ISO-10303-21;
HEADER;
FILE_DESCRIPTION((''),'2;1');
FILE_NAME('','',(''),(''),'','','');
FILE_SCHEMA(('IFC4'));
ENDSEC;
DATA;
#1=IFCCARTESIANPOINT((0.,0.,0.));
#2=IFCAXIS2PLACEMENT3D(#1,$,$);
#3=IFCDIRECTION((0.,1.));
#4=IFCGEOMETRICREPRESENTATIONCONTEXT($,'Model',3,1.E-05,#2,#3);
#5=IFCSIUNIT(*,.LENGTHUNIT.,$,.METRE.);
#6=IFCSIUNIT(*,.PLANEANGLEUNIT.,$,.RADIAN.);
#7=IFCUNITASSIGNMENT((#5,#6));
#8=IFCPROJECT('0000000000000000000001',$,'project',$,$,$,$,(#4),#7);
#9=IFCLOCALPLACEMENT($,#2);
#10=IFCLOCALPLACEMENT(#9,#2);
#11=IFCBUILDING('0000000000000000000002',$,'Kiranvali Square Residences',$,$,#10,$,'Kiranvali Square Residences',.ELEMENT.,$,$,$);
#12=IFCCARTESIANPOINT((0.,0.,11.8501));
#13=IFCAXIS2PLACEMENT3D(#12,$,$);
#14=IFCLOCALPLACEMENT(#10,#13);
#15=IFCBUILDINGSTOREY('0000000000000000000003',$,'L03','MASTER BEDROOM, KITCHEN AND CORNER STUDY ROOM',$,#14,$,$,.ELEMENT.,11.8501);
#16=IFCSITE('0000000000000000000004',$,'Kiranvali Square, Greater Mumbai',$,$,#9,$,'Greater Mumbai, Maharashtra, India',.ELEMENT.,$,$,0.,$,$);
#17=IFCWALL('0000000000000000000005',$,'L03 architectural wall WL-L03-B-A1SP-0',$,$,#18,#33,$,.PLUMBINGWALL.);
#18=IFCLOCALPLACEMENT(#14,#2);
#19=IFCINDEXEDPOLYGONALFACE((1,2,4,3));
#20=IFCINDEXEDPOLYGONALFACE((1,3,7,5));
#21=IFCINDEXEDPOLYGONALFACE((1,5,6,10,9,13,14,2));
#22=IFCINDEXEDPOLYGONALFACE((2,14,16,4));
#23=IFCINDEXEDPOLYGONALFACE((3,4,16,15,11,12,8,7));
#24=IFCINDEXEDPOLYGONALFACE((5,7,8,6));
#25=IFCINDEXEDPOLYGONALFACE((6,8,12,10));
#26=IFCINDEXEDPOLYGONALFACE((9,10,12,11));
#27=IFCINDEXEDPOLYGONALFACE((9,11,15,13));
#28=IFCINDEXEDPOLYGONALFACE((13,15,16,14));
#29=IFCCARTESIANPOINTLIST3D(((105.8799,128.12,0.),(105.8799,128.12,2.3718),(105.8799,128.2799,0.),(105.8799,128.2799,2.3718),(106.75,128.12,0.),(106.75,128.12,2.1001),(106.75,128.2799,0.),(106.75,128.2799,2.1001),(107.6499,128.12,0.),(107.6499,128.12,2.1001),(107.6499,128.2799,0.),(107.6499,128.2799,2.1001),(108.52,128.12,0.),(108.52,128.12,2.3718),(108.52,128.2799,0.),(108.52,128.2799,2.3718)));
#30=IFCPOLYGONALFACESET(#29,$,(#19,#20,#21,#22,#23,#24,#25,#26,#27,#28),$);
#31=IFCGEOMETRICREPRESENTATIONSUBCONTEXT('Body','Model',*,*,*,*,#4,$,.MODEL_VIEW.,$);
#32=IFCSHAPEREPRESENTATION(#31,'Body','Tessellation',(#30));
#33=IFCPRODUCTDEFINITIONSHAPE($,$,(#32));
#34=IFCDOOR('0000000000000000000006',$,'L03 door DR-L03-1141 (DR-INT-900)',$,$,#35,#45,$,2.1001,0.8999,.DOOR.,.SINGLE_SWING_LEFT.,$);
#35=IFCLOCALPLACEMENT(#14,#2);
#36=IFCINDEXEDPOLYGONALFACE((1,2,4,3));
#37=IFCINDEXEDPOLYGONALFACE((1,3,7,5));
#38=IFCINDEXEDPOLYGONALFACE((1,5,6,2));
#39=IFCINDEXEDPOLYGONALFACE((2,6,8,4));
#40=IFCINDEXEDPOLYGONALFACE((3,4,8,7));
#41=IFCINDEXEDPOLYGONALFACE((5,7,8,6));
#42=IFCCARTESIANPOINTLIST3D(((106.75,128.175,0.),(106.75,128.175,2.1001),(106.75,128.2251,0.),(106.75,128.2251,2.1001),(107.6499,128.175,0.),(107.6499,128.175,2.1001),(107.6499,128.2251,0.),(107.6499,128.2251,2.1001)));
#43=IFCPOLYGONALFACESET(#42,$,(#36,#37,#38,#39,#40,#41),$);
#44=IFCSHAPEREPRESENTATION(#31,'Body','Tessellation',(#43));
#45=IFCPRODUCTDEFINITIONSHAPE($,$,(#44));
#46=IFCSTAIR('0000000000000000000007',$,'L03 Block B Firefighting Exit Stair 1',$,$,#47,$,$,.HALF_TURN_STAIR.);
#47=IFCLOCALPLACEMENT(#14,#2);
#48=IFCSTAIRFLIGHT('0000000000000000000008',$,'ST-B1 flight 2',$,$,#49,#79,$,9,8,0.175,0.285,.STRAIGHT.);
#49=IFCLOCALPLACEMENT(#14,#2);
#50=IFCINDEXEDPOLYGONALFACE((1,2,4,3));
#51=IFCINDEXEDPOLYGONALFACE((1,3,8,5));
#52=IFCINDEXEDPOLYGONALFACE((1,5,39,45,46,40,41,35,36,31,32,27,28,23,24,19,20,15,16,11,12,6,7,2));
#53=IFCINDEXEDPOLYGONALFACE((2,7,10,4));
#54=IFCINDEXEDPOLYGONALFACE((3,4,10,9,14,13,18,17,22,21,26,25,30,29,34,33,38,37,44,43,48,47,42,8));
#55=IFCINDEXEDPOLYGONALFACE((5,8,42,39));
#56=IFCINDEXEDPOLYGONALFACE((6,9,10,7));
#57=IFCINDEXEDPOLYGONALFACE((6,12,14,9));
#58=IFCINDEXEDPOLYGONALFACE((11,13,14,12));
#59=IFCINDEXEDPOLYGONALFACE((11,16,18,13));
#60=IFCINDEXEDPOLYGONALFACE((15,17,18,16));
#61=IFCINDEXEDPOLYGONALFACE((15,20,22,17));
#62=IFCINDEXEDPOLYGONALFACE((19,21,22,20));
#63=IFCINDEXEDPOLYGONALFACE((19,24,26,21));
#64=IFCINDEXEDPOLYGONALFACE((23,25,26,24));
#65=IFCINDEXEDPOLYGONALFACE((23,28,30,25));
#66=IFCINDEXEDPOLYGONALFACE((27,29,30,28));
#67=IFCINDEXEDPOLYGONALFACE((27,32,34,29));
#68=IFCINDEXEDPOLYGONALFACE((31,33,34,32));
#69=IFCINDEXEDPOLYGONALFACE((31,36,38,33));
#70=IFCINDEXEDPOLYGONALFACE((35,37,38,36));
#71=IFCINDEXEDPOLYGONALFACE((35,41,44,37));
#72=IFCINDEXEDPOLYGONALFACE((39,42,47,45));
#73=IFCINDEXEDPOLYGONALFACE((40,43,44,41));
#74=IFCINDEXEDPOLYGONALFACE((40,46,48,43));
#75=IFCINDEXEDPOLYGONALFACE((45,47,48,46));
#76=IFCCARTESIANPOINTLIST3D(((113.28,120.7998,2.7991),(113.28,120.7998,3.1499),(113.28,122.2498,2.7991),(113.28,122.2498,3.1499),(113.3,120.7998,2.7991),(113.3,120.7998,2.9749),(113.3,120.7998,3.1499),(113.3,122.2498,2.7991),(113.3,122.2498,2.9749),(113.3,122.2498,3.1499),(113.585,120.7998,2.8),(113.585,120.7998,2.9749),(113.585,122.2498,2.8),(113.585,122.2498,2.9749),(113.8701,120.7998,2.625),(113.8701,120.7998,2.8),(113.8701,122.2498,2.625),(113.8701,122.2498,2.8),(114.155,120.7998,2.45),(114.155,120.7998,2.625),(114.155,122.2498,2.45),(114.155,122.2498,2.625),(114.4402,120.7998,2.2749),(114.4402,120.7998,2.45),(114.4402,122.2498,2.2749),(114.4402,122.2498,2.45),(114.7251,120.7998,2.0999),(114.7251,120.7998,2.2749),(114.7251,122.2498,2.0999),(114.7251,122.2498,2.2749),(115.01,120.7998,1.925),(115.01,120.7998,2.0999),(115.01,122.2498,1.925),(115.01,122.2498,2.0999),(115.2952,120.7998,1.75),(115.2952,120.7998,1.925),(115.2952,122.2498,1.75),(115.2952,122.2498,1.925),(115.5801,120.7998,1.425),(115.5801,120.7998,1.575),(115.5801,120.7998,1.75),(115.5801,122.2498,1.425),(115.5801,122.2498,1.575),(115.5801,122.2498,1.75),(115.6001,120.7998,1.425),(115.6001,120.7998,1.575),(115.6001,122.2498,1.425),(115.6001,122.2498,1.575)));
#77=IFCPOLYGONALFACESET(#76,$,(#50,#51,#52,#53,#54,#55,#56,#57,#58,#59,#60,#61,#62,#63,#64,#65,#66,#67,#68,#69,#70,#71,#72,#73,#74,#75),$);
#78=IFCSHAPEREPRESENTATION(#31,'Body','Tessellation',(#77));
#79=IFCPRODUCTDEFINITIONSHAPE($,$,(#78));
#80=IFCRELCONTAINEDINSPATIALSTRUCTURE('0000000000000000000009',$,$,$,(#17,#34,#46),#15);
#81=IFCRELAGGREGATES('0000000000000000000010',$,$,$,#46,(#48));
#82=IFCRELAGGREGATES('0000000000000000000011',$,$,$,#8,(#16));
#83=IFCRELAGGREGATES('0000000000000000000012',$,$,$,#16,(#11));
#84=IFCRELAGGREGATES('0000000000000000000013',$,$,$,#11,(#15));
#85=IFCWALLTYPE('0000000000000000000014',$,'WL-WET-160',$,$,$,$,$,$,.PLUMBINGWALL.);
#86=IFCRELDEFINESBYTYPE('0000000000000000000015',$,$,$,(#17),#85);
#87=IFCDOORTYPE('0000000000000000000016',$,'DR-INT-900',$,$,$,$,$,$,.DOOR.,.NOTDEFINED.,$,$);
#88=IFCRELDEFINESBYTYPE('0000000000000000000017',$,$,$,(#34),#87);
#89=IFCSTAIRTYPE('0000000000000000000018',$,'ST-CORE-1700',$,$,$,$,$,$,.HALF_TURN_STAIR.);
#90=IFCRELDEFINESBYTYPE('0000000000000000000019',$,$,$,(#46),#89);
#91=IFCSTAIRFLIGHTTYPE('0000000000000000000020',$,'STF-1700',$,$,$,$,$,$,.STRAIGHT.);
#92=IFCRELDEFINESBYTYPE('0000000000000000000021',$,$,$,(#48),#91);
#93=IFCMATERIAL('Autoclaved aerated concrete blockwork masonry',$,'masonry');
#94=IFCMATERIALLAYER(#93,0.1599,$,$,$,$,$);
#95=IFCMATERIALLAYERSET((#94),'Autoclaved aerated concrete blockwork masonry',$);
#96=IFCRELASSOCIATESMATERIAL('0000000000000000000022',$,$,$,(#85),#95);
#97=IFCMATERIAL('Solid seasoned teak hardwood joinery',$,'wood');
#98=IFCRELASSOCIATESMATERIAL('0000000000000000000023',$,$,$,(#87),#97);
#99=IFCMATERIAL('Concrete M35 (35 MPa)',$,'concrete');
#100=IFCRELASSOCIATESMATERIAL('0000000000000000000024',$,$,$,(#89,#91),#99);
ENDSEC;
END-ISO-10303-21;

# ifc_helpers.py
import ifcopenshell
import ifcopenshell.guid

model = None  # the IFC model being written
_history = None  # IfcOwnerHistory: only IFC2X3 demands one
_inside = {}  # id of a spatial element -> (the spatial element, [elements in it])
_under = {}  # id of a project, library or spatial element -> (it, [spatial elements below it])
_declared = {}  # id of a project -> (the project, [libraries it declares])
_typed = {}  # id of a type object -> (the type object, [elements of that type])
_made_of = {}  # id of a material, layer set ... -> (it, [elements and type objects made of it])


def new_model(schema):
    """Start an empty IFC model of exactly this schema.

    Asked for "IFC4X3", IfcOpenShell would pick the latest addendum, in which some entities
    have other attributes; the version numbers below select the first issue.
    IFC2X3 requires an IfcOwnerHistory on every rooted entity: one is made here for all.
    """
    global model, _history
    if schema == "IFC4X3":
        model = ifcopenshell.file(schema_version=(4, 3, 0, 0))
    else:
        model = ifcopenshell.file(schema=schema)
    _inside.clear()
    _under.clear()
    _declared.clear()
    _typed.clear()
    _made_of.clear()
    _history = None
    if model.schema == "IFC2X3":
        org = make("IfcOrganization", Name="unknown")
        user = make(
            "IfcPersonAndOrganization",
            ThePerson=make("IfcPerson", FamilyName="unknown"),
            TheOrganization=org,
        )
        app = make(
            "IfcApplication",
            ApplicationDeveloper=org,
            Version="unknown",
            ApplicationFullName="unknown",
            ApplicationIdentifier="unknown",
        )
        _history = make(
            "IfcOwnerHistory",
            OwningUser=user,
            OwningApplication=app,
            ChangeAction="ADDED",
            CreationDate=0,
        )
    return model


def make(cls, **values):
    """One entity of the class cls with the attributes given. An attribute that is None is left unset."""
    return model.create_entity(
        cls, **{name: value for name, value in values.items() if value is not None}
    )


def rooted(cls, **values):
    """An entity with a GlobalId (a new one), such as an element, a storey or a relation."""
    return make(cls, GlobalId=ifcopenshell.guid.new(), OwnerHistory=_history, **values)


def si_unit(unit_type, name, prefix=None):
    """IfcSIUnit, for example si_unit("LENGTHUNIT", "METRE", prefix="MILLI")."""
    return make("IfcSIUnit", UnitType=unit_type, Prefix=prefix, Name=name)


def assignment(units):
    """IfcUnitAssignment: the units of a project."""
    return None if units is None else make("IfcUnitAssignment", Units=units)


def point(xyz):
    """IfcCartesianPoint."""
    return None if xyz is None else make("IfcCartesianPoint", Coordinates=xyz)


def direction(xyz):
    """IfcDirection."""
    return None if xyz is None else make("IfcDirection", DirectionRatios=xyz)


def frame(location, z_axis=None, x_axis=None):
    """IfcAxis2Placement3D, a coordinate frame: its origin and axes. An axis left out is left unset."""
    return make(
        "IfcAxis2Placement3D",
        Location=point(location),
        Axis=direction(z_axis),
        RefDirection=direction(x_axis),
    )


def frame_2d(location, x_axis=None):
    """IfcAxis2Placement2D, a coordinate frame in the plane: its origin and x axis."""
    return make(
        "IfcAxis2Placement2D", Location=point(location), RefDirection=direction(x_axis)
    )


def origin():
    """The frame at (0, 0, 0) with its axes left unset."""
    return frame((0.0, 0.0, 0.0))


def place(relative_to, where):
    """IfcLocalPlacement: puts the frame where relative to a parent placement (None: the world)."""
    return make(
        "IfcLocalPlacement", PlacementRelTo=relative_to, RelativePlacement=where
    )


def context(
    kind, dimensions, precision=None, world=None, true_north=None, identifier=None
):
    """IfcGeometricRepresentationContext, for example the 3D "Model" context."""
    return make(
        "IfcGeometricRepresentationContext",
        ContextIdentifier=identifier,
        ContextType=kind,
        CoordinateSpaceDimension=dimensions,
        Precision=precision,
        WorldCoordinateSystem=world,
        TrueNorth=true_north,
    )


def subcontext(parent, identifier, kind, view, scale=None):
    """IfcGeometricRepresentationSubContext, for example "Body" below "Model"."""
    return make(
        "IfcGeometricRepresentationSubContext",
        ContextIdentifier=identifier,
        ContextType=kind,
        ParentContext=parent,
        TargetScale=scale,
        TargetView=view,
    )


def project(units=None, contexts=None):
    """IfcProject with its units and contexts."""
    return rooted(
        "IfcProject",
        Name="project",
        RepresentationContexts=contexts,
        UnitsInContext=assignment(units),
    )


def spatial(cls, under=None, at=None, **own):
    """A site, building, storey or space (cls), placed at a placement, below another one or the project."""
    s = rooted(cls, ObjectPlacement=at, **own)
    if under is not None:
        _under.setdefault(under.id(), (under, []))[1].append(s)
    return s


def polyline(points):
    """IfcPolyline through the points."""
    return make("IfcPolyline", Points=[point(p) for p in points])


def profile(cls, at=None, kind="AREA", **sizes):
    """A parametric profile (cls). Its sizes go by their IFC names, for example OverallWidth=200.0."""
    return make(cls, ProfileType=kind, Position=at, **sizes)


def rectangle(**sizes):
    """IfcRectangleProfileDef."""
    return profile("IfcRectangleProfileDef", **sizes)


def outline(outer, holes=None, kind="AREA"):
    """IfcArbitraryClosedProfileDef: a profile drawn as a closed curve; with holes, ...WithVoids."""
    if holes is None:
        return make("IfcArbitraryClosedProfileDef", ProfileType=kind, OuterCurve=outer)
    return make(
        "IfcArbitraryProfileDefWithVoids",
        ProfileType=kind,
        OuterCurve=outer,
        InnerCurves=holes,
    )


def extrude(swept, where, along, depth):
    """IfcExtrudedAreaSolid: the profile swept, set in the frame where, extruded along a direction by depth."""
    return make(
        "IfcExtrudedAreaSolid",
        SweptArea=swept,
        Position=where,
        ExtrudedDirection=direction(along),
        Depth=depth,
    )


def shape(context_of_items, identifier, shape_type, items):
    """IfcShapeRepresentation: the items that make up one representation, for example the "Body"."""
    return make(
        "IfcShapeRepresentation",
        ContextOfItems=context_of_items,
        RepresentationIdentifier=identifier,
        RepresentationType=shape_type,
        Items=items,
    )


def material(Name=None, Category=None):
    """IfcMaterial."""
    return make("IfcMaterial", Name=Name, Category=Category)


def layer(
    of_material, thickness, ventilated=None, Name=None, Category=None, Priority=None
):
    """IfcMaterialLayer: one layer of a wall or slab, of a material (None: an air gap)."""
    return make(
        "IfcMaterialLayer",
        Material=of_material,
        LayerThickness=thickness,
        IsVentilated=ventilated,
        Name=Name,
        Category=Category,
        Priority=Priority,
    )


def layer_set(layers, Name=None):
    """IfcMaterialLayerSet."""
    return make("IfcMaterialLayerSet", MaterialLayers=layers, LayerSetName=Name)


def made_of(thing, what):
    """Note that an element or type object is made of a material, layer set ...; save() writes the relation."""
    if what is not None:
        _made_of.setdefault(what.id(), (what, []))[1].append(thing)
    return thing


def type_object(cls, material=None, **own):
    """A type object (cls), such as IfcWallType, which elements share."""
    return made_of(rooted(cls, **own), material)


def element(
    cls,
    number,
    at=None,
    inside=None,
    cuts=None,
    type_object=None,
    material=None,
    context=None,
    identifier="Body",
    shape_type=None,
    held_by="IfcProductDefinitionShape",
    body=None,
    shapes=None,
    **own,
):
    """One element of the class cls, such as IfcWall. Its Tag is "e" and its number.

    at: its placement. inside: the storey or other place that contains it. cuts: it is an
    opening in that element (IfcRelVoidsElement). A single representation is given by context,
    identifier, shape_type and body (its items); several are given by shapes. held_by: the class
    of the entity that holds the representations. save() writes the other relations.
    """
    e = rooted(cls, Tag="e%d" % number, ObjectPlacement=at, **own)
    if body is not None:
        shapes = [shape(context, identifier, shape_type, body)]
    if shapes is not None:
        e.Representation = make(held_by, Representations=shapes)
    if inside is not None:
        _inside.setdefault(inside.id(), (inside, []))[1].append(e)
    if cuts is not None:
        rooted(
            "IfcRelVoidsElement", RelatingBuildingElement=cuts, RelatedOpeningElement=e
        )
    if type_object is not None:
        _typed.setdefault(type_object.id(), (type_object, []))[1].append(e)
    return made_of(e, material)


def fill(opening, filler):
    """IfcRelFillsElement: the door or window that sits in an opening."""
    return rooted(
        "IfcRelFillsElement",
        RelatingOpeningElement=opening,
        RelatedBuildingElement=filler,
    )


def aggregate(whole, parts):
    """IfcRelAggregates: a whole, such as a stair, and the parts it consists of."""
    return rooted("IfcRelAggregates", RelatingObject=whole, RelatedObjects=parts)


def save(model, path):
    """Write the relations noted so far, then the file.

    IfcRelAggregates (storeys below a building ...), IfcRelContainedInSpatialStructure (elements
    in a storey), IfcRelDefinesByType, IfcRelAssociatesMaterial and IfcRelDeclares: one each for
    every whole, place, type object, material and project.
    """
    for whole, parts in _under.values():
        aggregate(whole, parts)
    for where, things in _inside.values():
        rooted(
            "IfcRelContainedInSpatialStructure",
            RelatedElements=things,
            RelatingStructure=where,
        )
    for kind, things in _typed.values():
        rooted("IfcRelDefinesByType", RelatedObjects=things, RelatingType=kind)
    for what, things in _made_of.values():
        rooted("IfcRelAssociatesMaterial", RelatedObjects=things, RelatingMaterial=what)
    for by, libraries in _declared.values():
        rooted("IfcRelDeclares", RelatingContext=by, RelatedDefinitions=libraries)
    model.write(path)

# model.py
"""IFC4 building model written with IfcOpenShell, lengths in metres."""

from ifc_helpers import new_model, si_unit, direction, frame, frame_2d, origin, place, context, subcontext, project, spatial, polyline, rectangle, outline, extrude, material, layer, layer_set, type_object, element, fill, aggregate, save


model = new_model("IFC4")

# Units and contexts
model_context = context("Model", 3, precision=1e-05, world=origin(), true_north=direction((0.0, 1.0)))
body_context = subcontext(model_context, "Body", "Model", "MODEL_VIEW")
ifc_project = project(units=[si_unit("LENGTHUNIT", "METRE"), si_unit("PLANEANGLEUNIT", "RADIAN")], contexts=[model_context])

# Site, building, storey
site_placement = place(None, origin())
site = spatial("IfcSite", under=ifc_project, at=site_placement, Name="Kiranvali Square, Greater Mumbai", LongName="Greater Mumbai, Maharashtra, India", CompositionType="ELEMENT", RefElevation=0.0)
building_placement = place(site_placement, origin())
building = spatial("IfcBuilding", under=site, at=building_placement, Name="Kiranvali Square Residences", LongName="Kiranvali Square Residences", CompositionType="ELEMENT")
storey_placement = place(building_placement, frame((0.0, 0.0, 11.8501)))
storey = spatial("IfcBuildingStorey", under=building, at=storey_placement, Name="L03", Description="MASTER BEDROOM, KITCHEN AND CORNER STUDY ROOM", CompositionType="ELEMENT", Elevation=11.8501)

# Shared definitions
ifc_material_1 = material(Name="Autoclaved aerated concrete blockwork masonry", Category="masonry")
ifc_material_2 = material(Name="Solid seasoned teak hardwood joinery", Category="wood")

# Wall, opening, door
ifc_layer_1 = layer(ifc_material_1, 0.1599)
ifc_layer_set_1 = layer_set([ifc_layer_1], Name="Autoclaved aerated concrete blockwork masonry")
wall_type_1 = type_object("IfcWallType", Name="WL-WET-160", PredefinedType="PLUMBINGWALL", material=ifc_layer_set_1)
wall_1_placement = place(storey_placement, frame((108.52, 128.2, 0.0), z_axis=(0.0, 0.0, 1.0), x_axis=(-1.0, 0.0, 0.0)))
wall_1 = element("IfcWall", 1, at=wall_1_placement, inside=storey, type_object=wall_type_1, Name="L03 architectural wall WL-L03-B-A1SP-0", PredefinedType="PLUMBINGWALL", context=body_context, shape_type="SweptSolid", body=[
    extrude(rectangle(XDim=2.6401, YDim=0.1599, at=frame_2d((1.3201, 0.0))), origin(), (0.0, 0.0, 1.0), 2.3718),
])
opening_1_placement = place(wall_1_placement, frame((0.8701, 0.0, 0.0)))
opening_1 = element("IfcOpeningElement", 2, at=opening_1_placement, cuts=wall_1, PredefinedType="OPENING", context=body_context, shape_type="SweptSolid", body=[
    extrude(rectangle(XDim=0.8999, YDim=2.1001, at=frame_2d((0.45, 1.05))), frame((0.0, 0.0898, 0.0), z_axis=(0.0, -1.0, 0.0), x_axis=(1.0, 0.0, 0.0)), (0.0, 0.0, 1.0), 0.1799),
])
door_type_1 = type_object("IfcDoorType", Name="DR-INT-900", OperationType="NOTDEFINED", PredefinedType="DOOR", material=ifc_material_2)
door_1_placement = place(opening_1_placement, origin())
door_1 = element("IfcDoor", 3, at=door_1_placement, inside=storey, type_object=door_type_1, Name="L03 door DR-L03-1141 (DR-INT-900)", OperationType="SINGLE_SWING_LEFT", OverallHeight=2.1001, OverallWidth=0.8999, PredefinedType="DOOR", context=body_context, shape_type="SweptSolid", body=[
    extrude(rectangle(XDim=0.8999, YDim=2.1001, at=frame_2d((0.45, 1.05))), frame((0.0, 0.0249, 0.0), z_axis=(0.0, -1.0, 0.0), x_axis=(1.0, 0.0, 0.0)), (0.0, 0.0, 1.0), 0.05),
])
fill(opening_1, door_1)

# Stair, stair flight
ifc_material_3 = material(Name="Concrete M35 (35 MPa)", Category="concrete")
stair_type = type_object("IfcStairType", Name="ST-CORE-1700", PredefinedType="HALF_TURN_STAIR", material=ifc_material_3)
stair_placement = place(storey_placement, origin())
stair = element("IfcStair", 4, at=stair_placement, inside=storey, type_object=stair_type, Name="L03 Block B Firefighting Exit Stair 1", PredefinedType="HALF_TURN_STAIR")
stair_flight_type = type_object("IfcStairFlightType", Name="STF-1700", PredefinedType="STRAIGHT", material=ifc_material_3)
stair_flight_placement = place(storey_placement, frame((115.5801, 121.5249, 1.575), z_axis=(0.0, 0.0, 1.0), x_axis=(-1.0, 0.0, 0.0)))
stair_flight = element("IfcStairFlight", 5, at=stair_flight_placement, type_object=stair_flight_type, Name="ST-B1 flight 2", NumberOfRisers=9, NumberOfTreads=8, PredefinedType="STRAIGHT", RiserHeight=0.175, TreadLength=0.285, context=body_context, shape_type="SweptSolid", body=[
    extrude(outline(polyline([(-0.02, -0.1499), (-0.02, 0.0), (0.0, 0.0), (0.0, 0.175), (0.2849, 0.175), (0.2849, 0.3501), (0.5701, 0.3501), (0.5701, 0.5249), (0.855, 0.5249), (0.855, 0.7), (1.1399, 0.7), (1.1399, 0.875), (1.425, 0.875), (1.425, 1.05), (1.71, 1.05), (1.71, 1.2251), (1.9951, 1.2251), (1.9951, 1.3999), (2.28, 1.3999), (2.28, 1.575), (2.3, 1.575), (2.3, 1.2241), (2.28, 1.2241), (0.0, -0.1499), (-0.02, -0.1499)])), frame((0.0, 0.7251, 0.0), z_axis=(0.0, -1.0, 0.0), x_axis=(1.0, 0.0, 0.0)), (0.0, 0.0, 1.0), 1.45),
])
aggregate(stair, [stair_flight])

save(model, "model.ifc")
